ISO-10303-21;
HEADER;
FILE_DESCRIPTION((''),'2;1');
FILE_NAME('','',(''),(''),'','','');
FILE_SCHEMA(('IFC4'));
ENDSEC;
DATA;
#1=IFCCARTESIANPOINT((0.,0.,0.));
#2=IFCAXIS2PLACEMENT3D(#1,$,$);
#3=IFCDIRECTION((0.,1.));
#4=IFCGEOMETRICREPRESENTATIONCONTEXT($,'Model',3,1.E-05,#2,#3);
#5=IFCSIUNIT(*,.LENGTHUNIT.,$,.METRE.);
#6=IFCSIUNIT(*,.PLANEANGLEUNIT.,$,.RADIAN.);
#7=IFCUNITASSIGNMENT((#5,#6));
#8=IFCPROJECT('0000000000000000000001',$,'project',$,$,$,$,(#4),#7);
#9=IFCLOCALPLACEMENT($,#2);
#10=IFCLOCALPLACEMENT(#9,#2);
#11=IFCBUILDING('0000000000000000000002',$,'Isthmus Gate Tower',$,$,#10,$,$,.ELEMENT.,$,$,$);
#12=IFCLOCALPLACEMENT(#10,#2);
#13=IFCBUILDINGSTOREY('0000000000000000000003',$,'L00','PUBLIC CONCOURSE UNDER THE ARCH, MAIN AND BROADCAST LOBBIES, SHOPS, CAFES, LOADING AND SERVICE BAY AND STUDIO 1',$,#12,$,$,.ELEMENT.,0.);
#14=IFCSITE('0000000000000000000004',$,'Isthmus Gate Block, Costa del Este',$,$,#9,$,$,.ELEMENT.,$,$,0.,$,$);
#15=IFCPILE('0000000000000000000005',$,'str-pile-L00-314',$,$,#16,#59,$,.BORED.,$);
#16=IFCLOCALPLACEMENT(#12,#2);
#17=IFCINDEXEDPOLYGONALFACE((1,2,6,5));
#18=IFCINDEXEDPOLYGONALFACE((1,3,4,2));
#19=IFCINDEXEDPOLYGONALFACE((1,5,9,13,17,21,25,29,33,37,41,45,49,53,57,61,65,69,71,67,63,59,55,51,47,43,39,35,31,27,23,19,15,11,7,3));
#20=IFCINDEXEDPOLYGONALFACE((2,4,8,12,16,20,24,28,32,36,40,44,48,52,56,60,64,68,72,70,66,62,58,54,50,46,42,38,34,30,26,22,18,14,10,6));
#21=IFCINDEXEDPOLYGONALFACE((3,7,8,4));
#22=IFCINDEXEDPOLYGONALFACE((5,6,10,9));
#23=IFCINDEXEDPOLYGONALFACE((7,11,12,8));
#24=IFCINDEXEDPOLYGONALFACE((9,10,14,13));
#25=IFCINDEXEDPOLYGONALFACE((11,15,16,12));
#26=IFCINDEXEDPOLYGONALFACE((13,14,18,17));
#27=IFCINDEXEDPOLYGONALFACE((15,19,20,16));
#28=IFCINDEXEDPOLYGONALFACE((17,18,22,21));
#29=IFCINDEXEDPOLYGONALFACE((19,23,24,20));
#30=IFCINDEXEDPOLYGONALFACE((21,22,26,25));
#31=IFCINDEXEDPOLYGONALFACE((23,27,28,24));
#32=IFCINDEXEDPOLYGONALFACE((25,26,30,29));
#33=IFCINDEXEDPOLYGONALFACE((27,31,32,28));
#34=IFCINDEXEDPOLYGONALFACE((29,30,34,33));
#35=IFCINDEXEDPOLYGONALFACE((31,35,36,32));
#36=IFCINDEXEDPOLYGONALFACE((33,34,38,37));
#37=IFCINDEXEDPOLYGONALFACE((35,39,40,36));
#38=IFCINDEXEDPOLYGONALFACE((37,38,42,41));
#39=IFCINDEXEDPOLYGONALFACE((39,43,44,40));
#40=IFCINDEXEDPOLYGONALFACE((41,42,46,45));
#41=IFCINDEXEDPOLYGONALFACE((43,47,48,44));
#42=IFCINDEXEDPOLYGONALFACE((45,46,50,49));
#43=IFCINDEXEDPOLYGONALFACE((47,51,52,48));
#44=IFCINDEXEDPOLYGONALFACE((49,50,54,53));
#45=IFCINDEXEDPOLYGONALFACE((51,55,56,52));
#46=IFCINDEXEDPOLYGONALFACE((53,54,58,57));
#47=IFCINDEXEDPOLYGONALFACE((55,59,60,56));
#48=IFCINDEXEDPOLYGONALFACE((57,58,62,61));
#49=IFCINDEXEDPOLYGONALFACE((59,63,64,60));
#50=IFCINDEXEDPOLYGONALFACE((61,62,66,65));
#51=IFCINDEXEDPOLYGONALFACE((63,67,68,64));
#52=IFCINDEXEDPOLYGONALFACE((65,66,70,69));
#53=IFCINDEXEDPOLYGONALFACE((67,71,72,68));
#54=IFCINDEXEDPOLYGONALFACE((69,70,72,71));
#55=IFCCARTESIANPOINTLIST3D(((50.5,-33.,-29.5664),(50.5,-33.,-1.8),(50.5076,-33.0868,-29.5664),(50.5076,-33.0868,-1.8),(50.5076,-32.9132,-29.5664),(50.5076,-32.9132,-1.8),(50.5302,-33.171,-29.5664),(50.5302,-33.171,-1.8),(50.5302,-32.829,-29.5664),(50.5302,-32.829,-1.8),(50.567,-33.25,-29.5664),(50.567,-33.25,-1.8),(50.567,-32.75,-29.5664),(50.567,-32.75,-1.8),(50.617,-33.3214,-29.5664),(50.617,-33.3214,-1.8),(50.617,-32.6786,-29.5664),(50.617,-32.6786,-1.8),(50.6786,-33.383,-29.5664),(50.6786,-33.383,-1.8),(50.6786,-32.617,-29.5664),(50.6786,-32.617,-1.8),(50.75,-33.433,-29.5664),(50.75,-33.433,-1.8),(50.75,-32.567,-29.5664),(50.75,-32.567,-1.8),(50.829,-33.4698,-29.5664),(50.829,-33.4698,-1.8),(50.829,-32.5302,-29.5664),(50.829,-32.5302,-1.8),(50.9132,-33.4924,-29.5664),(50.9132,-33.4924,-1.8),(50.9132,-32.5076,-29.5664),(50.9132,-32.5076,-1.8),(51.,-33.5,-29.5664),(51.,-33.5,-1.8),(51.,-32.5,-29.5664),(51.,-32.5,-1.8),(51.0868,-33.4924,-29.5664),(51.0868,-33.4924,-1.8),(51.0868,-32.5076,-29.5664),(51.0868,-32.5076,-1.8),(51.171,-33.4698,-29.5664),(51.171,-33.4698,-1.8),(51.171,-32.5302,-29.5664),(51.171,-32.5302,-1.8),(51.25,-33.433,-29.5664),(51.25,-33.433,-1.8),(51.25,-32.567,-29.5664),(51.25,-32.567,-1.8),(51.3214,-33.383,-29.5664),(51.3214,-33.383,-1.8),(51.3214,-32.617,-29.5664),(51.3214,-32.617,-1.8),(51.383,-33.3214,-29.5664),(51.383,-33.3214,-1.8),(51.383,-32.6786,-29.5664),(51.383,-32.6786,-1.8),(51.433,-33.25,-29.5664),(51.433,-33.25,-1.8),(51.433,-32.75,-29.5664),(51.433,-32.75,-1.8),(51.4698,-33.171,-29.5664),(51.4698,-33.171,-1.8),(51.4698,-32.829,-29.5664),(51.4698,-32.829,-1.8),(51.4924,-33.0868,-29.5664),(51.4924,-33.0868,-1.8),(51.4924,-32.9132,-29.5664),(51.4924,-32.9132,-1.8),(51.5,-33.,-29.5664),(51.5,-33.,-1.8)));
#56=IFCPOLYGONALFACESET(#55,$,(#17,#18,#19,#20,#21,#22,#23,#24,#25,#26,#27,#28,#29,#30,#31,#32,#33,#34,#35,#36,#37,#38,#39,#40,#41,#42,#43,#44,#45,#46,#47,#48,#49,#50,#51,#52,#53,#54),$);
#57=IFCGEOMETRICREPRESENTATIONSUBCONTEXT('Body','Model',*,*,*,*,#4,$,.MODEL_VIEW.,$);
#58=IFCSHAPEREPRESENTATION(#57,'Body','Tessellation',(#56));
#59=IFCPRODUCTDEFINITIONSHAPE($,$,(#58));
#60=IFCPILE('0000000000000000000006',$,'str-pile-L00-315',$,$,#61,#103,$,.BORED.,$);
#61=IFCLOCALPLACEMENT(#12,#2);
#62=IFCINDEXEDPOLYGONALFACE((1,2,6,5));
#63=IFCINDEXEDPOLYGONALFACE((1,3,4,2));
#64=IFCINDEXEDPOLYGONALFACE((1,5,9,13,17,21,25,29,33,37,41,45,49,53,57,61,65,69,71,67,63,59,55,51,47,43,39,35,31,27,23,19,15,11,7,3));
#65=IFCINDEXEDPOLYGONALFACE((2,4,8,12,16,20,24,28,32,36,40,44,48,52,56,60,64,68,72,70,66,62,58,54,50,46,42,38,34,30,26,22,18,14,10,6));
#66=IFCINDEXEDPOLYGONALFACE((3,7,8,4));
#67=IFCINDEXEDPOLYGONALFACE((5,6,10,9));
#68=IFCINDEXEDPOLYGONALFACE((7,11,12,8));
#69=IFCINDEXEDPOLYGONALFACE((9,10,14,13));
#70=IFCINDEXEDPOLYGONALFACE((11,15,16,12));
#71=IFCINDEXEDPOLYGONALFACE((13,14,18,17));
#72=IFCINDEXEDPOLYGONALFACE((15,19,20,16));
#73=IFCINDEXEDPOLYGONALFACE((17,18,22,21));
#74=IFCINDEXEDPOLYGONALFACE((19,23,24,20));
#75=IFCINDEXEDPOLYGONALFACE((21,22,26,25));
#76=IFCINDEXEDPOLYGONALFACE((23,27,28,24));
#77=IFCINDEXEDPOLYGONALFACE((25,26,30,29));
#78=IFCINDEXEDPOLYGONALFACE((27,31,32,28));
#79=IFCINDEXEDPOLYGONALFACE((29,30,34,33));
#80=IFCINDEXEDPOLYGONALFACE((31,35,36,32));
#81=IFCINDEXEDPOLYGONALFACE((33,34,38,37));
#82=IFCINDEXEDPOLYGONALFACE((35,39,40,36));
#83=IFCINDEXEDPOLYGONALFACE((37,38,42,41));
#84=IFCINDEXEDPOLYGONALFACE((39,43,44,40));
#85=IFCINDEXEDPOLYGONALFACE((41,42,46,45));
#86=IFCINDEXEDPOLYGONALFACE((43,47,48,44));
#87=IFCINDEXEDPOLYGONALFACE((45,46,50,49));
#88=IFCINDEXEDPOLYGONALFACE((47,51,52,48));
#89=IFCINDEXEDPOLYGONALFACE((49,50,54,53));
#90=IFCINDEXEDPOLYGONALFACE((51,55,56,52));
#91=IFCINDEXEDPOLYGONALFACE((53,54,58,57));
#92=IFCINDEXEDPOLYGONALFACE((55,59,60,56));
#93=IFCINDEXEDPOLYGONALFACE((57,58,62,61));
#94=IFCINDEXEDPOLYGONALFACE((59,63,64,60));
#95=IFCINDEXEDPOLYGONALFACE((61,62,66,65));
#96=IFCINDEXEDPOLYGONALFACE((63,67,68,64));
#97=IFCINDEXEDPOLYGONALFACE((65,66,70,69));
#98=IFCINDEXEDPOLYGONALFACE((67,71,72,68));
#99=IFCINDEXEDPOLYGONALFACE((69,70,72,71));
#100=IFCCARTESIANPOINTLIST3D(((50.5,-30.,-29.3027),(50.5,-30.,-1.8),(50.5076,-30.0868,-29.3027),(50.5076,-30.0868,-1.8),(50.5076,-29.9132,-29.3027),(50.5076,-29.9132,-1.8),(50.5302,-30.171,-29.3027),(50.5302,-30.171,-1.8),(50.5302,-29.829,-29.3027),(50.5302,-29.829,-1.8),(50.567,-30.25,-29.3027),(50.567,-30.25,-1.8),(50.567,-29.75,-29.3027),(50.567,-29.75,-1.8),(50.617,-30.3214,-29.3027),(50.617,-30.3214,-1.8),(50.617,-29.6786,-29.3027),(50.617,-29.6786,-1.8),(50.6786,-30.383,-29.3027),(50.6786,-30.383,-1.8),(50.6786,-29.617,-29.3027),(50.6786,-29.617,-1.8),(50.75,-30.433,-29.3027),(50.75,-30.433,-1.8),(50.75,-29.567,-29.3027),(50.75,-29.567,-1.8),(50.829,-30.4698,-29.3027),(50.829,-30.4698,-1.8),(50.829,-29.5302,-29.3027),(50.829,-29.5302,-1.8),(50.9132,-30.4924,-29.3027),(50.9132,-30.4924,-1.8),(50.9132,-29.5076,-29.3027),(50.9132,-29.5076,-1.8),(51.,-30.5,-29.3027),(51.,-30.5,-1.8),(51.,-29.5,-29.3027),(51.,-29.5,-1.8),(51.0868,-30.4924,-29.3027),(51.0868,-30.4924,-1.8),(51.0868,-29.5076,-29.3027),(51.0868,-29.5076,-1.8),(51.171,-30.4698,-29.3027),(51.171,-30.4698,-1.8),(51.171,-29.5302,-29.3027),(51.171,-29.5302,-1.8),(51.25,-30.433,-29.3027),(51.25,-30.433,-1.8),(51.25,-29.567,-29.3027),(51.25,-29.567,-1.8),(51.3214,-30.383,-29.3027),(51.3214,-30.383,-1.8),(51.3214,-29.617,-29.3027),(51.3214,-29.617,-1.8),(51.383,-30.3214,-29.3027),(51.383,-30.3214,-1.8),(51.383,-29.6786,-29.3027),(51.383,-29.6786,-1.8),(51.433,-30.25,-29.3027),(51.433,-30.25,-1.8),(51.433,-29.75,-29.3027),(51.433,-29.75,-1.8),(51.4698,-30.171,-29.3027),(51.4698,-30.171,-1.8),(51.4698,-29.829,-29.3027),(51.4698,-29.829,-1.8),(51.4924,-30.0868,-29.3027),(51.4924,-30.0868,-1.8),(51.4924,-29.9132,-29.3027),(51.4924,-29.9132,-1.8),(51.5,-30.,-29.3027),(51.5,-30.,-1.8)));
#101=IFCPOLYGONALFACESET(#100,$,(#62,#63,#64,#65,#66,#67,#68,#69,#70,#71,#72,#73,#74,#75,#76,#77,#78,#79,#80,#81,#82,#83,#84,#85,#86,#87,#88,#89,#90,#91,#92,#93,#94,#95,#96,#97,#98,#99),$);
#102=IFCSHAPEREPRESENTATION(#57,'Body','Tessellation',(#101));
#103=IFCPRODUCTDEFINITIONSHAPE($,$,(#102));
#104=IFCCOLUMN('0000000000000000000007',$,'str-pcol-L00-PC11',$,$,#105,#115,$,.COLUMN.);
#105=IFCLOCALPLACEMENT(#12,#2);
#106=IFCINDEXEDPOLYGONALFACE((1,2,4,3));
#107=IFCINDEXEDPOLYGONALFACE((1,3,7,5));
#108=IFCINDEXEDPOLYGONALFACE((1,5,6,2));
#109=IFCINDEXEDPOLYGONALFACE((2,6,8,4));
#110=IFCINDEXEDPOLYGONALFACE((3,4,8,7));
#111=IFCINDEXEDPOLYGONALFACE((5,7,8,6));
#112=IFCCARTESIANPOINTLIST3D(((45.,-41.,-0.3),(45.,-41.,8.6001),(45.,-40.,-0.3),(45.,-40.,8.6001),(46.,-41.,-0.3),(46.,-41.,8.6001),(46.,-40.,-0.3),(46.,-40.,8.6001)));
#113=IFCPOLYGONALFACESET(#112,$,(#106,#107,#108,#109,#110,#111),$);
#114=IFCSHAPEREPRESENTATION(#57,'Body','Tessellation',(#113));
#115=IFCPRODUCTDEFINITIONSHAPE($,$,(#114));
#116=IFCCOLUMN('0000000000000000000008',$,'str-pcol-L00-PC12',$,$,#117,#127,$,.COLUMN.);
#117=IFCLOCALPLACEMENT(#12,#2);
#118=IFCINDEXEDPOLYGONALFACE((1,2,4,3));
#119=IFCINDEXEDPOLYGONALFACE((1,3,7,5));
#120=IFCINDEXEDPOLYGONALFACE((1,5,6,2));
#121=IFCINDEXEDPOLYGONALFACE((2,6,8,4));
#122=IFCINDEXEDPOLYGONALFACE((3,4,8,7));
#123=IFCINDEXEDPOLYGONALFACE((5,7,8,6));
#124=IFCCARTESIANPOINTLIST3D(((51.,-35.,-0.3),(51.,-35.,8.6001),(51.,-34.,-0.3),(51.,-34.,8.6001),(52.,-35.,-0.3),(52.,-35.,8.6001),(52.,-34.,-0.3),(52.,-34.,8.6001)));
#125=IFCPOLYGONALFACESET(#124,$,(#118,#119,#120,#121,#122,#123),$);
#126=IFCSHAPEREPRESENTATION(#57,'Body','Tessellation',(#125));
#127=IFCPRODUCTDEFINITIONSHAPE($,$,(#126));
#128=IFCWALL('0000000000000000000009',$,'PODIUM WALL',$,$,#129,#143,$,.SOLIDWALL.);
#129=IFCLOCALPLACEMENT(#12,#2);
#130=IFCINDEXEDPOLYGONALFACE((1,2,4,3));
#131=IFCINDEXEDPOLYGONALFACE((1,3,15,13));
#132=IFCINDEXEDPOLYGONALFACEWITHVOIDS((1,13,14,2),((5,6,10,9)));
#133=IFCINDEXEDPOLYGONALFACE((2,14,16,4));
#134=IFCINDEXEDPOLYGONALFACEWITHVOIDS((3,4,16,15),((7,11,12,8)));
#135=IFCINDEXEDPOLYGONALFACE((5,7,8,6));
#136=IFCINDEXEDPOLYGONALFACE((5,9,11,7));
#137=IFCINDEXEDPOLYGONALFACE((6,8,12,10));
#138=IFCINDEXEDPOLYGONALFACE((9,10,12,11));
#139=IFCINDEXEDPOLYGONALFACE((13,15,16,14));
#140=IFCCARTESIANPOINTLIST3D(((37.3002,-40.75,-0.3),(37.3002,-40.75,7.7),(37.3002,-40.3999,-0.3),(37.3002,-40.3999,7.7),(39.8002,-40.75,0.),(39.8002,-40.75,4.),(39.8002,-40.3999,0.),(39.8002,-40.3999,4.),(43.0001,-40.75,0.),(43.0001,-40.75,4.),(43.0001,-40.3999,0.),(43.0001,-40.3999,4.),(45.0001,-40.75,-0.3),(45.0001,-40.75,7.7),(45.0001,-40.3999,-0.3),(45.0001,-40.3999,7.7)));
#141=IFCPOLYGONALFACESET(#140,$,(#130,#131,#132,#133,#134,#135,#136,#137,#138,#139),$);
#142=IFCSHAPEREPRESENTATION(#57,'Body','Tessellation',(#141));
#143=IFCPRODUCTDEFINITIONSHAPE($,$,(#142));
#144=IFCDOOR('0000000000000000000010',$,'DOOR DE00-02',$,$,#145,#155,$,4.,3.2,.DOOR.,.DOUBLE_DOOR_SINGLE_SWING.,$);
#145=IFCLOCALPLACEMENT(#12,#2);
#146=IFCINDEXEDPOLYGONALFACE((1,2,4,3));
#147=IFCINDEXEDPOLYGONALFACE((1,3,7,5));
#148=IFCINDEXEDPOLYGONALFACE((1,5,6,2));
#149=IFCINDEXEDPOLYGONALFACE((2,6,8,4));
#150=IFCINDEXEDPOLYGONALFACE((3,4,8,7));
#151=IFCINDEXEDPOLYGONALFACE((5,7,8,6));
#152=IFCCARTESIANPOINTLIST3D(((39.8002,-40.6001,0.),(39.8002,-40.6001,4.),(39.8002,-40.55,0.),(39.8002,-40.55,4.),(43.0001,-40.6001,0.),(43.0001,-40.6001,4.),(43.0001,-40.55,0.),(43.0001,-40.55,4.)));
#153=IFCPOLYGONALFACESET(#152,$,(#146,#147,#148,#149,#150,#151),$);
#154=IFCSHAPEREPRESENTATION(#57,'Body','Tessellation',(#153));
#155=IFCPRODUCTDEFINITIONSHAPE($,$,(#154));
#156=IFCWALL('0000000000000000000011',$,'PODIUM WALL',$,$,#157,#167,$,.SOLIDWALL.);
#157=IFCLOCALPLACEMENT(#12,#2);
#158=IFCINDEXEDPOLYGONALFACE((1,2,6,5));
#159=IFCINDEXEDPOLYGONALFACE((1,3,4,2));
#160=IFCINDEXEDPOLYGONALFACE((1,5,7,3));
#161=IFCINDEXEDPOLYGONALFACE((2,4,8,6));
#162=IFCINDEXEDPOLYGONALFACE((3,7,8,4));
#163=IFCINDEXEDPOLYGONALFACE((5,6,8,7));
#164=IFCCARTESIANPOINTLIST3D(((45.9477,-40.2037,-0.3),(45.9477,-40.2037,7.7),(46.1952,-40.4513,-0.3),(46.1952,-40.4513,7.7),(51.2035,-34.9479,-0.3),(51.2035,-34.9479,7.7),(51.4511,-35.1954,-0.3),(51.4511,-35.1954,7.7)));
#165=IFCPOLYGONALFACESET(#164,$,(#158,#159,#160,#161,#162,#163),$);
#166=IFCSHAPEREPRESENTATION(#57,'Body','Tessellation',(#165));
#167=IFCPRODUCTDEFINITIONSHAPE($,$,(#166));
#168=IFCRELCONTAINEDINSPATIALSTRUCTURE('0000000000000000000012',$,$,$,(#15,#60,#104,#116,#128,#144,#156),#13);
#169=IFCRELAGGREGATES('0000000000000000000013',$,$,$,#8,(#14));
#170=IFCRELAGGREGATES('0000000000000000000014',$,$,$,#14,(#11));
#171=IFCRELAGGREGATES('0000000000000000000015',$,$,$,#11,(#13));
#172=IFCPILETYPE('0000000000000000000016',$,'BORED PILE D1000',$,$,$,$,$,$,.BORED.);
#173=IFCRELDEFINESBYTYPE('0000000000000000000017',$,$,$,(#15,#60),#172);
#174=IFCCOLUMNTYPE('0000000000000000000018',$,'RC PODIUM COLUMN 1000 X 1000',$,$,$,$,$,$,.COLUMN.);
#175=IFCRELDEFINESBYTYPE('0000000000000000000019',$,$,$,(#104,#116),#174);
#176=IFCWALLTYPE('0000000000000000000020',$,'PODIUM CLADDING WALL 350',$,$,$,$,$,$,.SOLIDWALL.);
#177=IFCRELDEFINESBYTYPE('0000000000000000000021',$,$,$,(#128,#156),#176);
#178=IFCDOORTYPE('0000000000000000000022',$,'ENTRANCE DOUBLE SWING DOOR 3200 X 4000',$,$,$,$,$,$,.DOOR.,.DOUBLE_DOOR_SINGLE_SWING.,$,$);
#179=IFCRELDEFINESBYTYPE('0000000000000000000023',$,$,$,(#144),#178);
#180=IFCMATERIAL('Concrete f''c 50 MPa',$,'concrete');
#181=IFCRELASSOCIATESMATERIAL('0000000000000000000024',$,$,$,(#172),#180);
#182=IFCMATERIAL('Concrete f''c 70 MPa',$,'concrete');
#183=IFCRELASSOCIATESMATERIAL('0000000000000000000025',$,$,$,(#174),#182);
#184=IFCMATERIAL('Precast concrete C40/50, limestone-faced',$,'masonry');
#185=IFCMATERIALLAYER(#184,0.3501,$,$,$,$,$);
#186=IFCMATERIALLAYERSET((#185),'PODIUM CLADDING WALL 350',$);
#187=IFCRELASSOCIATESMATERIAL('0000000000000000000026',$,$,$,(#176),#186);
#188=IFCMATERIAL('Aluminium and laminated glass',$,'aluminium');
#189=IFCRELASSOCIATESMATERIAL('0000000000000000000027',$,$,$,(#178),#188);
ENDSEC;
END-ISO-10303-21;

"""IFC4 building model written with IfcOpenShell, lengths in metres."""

from ifc_helpers import new_model, si_unit, direction, frame, frame_2d, origin, origin_2d, place, context, subcontext, project, spatial, rectangle, circle, extrude, material, layer, layer_set, material_profile, profile_set, type_object, element, fill, save


model = new_model("IFC4")

# Units and contexts
model_context = context("Model", 3, precision=1e-05, world=origin(), true_north=direction((0.0, 1.0)))
body_context = subcontext(model_context, "Body", "Model", "MODEL_VIEW")
ifc_project = project(units=[si_unit("LENGTHUNIT", "METRE"), si_unit("PLANEANGLEUNIT", "RADIAN")], contexts=[model_context])

# Site, building, storey
site_placement = place(None, origin())
site = spatial("IfcSite", under=ifc_project, at=site_placement, Name="Isthmus Gate Block, Costa del Este", CompositionType="ELEMENT", RefElevation=0.0)
building_placement = place(site_placement, origin())
building = spatial("IfcBuilding", under=site, at=building_placement, Name="Isthmus Gate Tower", CompositionType="ELEMENT")
storey_placement = place(building_placement, origin())
storey = spatial("IfcBuildingStorey", under=building, at=storey_placement, Name="L00", Description="PUBLIC CONCOURSE UNDER THE ARCH, MAIN AND BROADCAST LOBBIES, SHOPS, CAFES, LOADING AND SERVICE BAY AND STUDIO 1", CompositionType="ELEMENT", Elevation=0.0)

# Piles
ifc_material_1 = material(Name="Concrete f'c 50 MPa", Category="concrete")
ifc_material_profile_1 = material_profile(ifc_material_1, circle(Radius=0.5, at=origin_2d()), Name="D1000")
ifc_profile_set_1 = profile_set([ifc_material_profile_1], Name="Concrete f'c 50 MPa")
pile_type = type_object("IfcPileType", Name="BORED PILE D1000", PredefinedType="BORED", material=ifc_profile_set_1)
pile_1_placement = place(storey_placement, frame((51.0, -33.0, -1.8), z_axis=(0.0, 0.0, -1.0), x_axis=(1.0, 0.0, 0.0)))
element("IfcPile", 1, at=pile_1_placement, inside=storey, type_object=pile_type, Name="str-pile-L00-314", PredefinedType="BORED", context=body_context, shape_type="SweptSolid", body=[
    extrude(circle(Radius=0.5, at=origin_2d()), origin(), (0.0, 0.0, 1.0), 27.7664),
])
pile_2_placement = place(storey_placement, frame((51.0, -30.0, -1.8), z_axis=(0.0, 0.0, -1.0), x_axis=(1.0, 0.0, 0.0)))
element("IfcPile", 2, at=pile_2_placement, inside=storey, type_object=pile_type, Name="str-pile-L00-315", PredefinedType="BORED", context=body_context, shape_type="SweptSolid", body=[
    extrude(circle(Radius=0.5, at=origin_2d()), origin(), (0.0, 0.0, 1.0), 27.5027),
])

# Columns
ifc_material_2 = material(Name="Concrete f'c 70 MPa", Category="concrete")
ifc_material_profile_2 = material_profile(ifc_material_2, rectangle(XDim=1.0, YDim=1.0, at=origin_2d()), Name="RC 1000X1000")
ifc_profile_set_2 = profile_set([ifc_material_profile_2], Name="Concrete f'c 70 MPa")
column_type = type_object("IfcColumnType", Name="RC PODIUM COLUMN 1000 X 1000", PredefinedType="COLUMN", material=ifc_profile_set_2)
for number, where, z_axis, x_axis, name in (
    (3, (45.5, -40.5, -0.3), (0.0, 0.0, 1.0), (1.0, 0.0, 0.0), "str-pcol-L00-PC11"),
    (4, (51.5, -34.5, -0.3), (0.0, 0.0, 1.0), (0.0, 1.0, 0.0), "str-pcol-L00-PC12"),
):
    element("IfcColumn", number, at=place(storey_placement, frame(where, z_axis=z_axis, x_axis=x_axis)), inside=storey, type_object=column_type, Name=name, PredefinedType="COLUMN", context=body_context, shape_type="SweptSolid", body=[
        extrude(rectangle(XDim=1.0, YDim=1.0, at=origin_2d()), origin(), (0.0, 0.0, 1.0), 8.9001),
    ])

# Wall, opening, door
ifc_material_3 = material(Name="Precast concrete C40/50, limestone-faced", Category="masonry")
ifc_layer_1 = layer(ifc_material_3, 0.3501)
ifc_layer_set_1 = layer_set([ifc_layer_1], Name="PODIUM CLADDING WALL 350")
wall_type_1 = type_object("IfcWallType", Name="PODIUM CLADDING WALL 350", PredefinedType="SOLIDWALL", material=ifc_layer_set_1)
wall_1_placement = place(storey_placement, frame((37.3, -40.575, -0.3), z_axis=(0.0, 0.0, 1.0), x_axis=(1.0, 0.0, 0.0)))
wall_1 = element("IfcWall", 5, at=wall_1_placement, inside=storey, type_object=wall_type_1, Name="PODIUM WALL", PredefinedType="SOLIDWALL", context=body_context, shape_type="SweptSolid", body=[
    extrude(rectangle(XDim=7.7, YDim=0.3501, at=frame_2d((3.8501, 0.0))), origin(), (0.0, 0.0, 1.0), 8.0),
])
opening_1_placement = place(wall_1_placement, frame((2.5, 0.0, 0.3)))
opening_1 = element("IfcOpeningElement", 6, at=opening_1_placement, cuts=wall_1, PredefinedType="OPENING", context=body_context, shape_type="SweptSolid", body=[
    extrude(rectangle(XDim=3.2, YDim=4.0, at=frame_2d((1.6001, 2.0))), frame((0.0, 0.1851, 0.0), z_axis=(0.0, -1.0, 0.0), x_axis=(1.0, 0.0, 0.0)), (0.0, 0.0, 1.0), 0.3701),
])
ifc_material_4 = material(Name="Aluminium and laminated glass", Category="aluminium")
door_type_1 = type_object("IfcDoorType", Name="ENTRANCE DOUBLE SWING DOOR 3200 X 4000", OperationType="DOUBLE_DOOR_SINGLE_SWING", PredefinedType="DOOR", material=ifc_material_4)
door_1_placement = place(opening_1_placement, origin())
door_1 = element("IfcDoor", 7, at=door_1_placement, inside=storey, type_object=door_type_1, Name="DOOR DE00-02", OperationType="DOUBLE_DOOR_SINGLE_SWING", OverallHeight=4.0, OverallWidth=3.2, PredefinedType="DOOR", context=body_context, shape_type="SweptSolid", body=[
    extrude(rectangle(XDim=3.2, YDim=4.0, at=frame_2d((1.6001, 2.0))), frame((0.0, 0.0249, 0.0), z_axis=(0.0, -1.0, 0.0), x_axis=(1.0, 0.0, 0.0)), (0.0, 0.0, 1.0), 0.05),
])
fill(opening_1, door_1)

# Wall
wall_2_placement = place(storey_placement, frame((46.0715, -40.3274, -0.3), z_axis=(0.0, 0.0, 1.0), x_axis=(0.707107, 0.707107, 0.0)))
element("IfcWall", 8, at=wall_2_placement, inside=storey, type_object=wall_type_1, Name="PODIUM WALL", PredefinedType="SOLIDWALL", context=body_context, shape_type="SweptSolid", body=[
    extrude(rectangle(XDim=7.4329, YDim=0.3501, at=frame_2d((3.7163, 0.0))), origin(), (0.0, 0.0, 1.0), 8.0),
])

save(model, "model.ifc")
